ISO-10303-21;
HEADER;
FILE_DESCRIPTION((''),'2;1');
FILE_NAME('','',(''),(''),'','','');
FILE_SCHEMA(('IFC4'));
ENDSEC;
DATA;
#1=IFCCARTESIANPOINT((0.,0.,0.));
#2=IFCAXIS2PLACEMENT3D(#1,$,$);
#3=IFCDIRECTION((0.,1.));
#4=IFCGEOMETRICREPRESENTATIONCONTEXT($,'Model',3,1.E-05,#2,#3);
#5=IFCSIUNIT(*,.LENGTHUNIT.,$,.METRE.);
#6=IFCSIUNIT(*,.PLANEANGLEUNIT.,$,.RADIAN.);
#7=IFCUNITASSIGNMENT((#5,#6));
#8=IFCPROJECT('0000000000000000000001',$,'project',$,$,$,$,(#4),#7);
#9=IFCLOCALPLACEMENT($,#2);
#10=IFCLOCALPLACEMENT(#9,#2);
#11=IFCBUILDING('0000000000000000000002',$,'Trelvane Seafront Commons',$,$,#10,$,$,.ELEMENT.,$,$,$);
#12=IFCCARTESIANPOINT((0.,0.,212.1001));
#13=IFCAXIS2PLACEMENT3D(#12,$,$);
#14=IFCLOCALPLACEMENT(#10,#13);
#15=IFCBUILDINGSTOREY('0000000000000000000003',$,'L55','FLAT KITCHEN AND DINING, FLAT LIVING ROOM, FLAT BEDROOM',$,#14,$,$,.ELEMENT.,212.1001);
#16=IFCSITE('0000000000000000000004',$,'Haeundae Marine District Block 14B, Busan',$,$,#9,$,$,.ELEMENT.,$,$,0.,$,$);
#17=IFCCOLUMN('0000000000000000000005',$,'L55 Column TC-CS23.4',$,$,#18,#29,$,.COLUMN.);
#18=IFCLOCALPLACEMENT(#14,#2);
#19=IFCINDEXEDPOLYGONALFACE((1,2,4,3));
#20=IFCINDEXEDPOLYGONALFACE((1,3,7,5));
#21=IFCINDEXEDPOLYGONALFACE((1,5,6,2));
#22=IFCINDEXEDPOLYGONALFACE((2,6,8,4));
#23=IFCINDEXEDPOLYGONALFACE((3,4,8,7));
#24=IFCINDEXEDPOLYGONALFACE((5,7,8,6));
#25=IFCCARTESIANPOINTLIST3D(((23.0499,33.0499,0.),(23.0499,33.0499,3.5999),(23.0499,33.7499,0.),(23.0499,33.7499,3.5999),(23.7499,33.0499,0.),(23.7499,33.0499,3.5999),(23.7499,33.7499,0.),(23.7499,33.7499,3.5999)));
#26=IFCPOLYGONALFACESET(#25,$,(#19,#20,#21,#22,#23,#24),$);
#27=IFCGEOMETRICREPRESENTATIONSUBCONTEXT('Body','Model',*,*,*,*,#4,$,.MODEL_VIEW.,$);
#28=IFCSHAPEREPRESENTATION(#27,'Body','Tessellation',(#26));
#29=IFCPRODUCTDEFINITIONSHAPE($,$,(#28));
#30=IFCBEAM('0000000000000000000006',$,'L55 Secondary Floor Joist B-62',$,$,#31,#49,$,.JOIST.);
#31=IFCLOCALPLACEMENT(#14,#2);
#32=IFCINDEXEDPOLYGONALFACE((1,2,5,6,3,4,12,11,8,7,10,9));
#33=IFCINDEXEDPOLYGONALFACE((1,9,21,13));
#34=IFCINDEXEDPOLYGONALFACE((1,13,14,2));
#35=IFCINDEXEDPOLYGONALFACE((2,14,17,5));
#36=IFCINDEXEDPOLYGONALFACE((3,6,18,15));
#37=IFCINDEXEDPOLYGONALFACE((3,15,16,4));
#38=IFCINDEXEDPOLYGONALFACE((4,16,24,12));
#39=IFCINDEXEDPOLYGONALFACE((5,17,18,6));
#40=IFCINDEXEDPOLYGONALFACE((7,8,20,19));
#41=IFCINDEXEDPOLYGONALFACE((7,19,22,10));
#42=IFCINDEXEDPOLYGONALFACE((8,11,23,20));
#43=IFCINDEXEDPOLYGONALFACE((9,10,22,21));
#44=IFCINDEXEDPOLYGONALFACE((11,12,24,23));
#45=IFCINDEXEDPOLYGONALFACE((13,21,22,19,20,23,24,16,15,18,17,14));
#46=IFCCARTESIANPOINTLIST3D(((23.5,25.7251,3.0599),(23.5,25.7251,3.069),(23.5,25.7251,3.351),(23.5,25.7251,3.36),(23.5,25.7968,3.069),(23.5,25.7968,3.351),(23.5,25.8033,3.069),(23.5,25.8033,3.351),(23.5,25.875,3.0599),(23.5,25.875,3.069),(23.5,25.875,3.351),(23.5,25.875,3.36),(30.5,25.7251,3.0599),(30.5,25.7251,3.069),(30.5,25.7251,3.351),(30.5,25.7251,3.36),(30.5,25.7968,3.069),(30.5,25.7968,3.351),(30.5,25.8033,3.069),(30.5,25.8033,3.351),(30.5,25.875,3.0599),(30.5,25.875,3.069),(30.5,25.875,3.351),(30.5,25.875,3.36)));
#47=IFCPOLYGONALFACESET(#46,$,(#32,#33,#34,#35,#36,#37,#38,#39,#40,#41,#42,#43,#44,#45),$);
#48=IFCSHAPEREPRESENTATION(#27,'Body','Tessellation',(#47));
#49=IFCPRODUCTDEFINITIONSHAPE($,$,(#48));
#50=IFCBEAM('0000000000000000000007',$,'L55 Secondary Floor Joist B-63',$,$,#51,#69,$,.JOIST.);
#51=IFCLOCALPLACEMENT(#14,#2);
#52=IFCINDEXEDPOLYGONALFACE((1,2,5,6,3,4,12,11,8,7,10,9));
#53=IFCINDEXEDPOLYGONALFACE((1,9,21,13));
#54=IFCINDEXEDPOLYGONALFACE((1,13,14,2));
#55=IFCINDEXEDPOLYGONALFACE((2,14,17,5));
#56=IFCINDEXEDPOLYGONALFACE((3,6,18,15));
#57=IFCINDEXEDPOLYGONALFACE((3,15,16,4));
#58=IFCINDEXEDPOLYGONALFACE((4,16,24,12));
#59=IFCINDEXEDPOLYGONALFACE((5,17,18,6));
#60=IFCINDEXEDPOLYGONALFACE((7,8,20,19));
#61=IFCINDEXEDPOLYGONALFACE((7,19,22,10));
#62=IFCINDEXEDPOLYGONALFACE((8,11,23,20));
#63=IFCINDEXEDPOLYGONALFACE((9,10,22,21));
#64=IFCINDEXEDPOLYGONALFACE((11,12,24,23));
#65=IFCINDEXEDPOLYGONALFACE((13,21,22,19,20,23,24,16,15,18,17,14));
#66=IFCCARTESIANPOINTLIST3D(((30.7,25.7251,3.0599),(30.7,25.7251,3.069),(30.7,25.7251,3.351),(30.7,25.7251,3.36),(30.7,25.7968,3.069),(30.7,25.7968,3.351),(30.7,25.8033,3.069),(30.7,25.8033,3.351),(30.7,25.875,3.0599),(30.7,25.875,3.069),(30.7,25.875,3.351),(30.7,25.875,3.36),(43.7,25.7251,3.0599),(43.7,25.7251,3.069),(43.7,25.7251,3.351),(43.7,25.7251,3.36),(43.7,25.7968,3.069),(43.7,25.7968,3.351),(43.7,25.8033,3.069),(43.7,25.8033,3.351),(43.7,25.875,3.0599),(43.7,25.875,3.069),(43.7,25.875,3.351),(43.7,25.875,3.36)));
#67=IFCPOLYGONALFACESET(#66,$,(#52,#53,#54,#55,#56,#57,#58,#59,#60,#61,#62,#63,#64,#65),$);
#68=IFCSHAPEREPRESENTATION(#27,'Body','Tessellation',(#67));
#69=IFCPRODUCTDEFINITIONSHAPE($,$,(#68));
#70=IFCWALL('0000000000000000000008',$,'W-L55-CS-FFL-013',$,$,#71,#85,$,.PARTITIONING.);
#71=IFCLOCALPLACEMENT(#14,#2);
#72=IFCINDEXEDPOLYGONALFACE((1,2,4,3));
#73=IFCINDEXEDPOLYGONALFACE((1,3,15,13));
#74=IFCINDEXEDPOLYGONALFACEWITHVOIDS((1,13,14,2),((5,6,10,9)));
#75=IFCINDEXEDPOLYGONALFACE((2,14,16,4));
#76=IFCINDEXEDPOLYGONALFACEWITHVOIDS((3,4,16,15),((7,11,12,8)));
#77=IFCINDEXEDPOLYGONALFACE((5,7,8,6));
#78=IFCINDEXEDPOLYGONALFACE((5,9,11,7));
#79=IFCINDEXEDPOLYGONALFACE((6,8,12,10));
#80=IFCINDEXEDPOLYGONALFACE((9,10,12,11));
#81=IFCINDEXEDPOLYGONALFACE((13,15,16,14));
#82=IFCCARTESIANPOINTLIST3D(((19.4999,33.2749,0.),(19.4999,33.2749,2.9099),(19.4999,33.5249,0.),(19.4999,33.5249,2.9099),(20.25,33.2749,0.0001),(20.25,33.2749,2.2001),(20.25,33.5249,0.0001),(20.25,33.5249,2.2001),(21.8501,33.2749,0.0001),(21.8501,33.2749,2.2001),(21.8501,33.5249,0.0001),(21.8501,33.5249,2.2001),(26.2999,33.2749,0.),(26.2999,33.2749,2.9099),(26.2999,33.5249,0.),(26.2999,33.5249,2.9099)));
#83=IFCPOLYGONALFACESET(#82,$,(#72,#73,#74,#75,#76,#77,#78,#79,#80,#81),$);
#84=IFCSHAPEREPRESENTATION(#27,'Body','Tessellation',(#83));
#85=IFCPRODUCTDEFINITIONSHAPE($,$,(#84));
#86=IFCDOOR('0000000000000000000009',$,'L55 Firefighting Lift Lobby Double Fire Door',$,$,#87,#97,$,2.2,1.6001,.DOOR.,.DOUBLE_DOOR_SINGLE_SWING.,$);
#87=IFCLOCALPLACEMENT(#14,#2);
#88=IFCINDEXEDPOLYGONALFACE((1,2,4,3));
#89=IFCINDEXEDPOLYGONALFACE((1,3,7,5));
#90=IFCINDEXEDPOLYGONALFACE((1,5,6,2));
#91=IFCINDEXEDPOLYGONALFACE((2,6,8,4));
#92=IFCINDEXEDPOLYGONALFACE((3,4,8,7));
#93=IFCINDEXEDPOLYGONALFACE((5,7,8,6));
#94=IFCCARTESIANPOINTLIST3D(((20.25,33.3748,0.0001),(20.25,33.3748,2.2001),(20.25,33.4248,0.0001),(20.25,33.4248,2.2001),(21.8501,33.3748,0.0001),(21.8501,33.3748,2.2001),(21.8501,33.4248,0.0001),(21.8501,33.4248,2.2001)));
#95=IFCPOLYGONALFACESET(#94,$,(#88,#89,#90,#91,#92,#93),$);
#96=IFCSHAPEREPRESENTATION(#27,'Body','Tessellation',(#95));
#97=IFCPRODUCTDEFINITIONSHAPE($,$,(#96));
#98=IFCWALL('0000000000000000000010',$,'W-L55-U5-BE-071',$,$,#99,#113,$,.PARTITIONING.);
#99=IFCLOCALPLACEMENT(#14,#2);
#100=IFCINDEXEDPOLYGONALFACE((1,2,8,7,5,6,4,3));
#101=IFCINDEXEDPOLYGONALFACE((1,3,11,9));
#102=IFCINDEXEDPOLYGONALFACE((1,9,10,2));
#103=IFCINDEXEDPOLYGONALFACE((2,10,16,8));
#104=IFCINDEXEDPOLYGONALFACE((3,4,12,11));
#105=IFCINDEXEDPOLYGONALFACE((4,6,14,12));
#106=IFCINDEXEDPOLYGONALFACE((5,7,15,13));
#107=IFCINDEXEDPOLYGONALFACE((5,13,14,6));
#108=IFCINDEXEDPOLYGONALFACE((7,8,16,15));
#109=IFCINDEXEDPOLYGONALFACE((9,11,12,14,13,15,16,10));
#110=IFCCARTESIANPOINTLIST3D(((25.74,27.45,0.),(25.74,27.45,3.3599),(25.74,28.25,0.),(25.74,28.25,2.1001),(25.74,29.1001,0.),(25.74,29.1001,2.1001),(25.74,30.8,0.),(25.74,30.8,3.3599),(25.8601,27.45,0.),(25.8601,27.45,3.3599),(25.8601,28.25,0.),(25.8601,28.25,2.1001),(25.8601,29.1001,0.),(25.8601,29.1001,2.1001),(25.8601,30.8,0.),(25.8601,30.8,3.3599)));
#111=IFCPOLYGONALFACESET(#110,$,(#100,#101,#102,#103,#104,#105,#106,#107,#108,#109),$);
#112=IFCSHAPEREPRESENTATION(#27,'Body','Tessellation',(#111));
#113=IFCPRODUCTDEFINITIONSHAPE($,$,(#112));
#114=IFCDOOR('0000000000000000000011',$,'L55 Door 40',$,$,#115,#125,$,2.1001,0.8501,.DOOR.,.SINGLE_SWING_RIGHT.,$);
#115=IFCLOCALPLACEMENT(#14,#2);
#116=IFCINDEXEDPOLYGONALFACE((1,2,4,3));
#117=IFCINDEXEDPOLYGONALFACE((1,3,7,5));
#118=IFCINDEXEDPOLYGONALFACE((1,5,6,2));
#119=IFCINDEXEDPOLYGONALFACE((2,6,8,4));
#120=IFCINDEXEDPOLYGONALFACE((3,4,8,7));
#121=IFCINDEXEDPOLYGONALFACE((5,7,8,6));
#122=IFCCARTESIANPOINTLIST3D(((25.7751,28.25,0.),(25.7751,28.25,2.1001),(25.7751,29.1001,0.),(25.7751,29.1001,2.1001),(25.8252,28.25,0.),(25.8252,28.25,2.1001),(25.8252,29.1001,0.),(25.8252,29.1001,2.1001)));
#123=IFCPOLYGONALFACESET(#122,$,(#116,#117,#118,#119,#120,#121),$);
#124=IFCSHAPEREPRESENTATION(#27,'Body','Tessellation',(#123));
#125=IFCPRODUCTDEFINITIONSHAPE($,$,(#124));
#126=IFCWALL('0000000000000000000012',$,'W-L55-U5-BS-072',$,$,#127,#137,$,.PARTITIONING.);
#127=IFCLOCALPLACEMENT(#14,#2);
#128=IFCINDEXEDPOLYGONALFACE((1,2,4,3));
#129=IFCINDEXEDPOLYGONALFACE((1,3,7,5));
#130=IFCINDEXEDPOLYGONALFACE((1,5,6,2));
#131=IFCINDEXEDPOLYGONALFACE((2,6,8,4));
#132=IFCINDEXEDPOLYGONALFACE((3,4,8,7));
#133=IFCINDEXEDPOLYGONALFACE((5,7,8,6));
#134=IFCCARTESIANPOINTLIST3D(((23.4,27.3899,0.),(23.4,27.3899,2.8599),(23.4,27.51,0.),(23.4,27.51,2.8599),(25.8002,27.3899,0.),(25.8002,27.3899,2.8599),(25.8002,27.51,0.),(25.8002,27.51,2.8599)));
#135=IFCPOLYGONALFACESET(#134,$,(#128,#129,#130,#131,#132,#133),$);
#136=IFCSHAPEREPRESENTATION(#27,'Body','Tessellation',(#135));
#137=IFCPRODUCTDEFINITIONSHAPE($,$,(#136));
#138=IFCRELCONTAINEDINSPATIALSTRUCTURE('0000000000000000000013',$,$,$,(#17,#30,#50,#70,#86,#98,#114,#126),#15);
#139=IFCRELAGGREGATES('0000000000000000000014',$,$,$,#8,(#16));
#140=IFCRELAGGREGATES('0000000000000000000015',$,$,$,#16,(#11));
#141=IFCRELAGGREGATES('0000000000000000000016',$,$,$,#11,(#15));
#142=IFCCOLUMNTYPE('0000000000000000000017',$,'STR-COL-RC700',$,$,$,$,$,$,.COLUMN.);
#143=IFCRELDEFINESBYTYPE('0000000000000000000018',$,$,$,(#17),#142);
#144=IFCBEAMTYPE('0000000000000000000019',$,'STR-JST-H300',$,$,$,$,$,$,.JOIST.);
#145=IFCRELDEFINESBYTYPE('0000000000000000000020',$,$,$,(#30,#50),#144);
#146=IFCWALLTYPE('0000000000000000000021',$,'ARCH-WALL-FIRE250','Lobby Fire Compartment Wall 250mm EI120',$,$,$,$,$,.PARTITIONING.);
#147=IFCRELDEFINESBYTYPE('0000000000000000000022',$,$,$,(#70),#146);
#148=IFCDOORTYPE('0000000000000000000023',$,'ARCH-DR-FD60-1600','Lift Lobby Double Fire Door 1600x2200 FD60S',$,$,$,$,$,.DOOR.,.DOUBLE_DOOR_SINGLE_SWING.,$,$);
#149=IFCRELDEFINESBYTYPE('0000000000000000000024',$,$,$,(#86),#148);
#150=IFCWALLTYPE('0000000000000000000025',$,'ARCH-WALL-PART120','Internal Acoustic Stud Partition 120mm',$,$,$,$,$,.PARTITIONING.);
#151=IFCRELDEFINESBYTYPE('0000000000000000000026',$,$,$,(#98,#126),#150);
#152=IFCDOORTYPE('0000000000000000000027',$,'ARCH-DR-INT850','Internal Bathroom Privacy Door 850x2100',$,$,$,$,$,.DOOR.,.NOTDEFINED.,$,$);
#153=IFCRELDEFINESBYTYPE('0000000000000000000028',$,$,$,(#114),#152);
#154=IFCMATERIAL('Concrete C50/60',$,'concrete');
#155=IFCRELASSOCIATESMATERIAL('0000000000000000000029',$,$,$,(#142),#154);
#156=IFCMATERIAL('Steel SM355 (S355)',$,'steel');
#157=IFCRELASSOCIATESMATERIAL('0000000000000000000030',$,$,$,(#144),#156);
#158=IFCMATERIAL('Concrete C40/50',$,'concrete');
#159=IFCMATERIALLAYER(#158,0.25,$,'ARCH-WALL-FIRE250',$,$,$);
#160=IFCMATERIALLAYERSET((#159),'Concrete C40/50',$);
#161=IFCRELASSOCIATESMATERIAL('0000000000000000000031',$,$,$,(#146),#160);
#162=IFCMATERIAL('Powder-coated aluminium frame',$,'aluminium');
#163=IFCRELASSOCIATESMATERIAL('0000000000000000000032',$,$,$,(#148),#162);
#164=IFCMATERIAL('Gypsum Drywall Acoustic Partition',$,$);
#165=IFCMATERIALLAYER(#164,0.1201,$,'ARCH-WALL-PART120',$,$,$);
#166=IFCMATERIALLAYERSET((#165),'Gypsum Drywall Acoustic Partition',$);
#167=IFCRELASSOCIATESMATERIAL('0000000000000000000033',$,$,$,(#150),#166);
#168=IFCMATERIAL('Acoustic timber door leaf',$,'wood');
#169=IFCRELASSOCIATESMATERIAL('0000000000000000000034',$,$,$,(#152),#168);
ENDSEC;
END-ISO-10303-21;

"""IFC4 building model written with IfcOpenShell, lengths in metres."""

from ifc_helpers import new_model, si_unit, direction, frame, frame_2d, origin, origin_2d, place, context, subcontext, project, spatial, rectangle, i_section, extrude, source, transform, mapped, material, layer, layer_set, material_profile, profile_set, type_object, element, fill, save


model = new_model("IFC4")

# Units and contexts
model_context = context("Model", 3, precision=1e-05, world=origin(), true_north=direction((0.0, 1.0)))
body_context = subcontext(model_context, "Body", "Model", "MODEL_VIEW")
ifc_project = project(units=[si_unit("LENGTHUNIT", "METRE"), si_unit("PLANEANGLEUNIT", "RADIAN")], contexts=[model_context])

# Site, building, storey
site_placement = place(None, origin())
site = spatial("IfcSite", under=ifc_project, at=site_placement, Name="Haeundae Marine District Block 14B, Busan", CompositionType="ELEMENT", RefElevation=0.0)
building_placement = place(site_placement, origin())
building = spatial("IfcBuilding", under=site, at=building_placement, Name="Trelvane Seafront Commons", CompositionType="ELEMENT")
storey_placement = place(building_placement, frame((0.0, 0.0, 212.1001)))
storey = spatial("IfcBuildingStorey", under=building, at=storey_placement, Name="L55", Description="FLAT KITCHEN AND DINING, FLAT LIVING ROOM, FLAT BEDROOM", CompositionType="ELEMENT", Elevation=212.1001)

# Column
ifc_material_1 = material(Name="Concrete C50/60", Category="concrete")
ifc_material_profile_1 = material_profile(ifc_material_1, rectangle(XDim=0.7, YDim=0.7, at=origin_2d()), Name="RC-700x700")
ifc_profile_set_1 = profile_set([ifc_material_profile_1], Name="Concrete C50/60")
column_type = type_object("IfcColumnType", Name="STR-COL-RC700", PredefinedType="COLUMN", material=ifc_profile_set_1)
shared_shape_1 = source(origin(), body_context, "Body", "SweptSolid", [
    extrude(rectangle(XDim=0.7, YDim=0.7, at=origin_2d()), origin(), (0.0, 0.0, 1.0), 3.5999),
])
column_placement = place(storey_placement, frame((23.3999, 33.3999, 0.0), z_axis=(0.0, 0.0, 1.0), x_axis=(1.0, 0.0, 0.0)))
element("IfcColumn", 1, at=column_placement, inside=storey, type_object=column_type, Name="L55 Column TC-CS23.4", PredefinedType="COLUMN", context=body_context, shape_type="MappedRepresentation", body=[
    mapped(shared_shape_1, transform((0.0, 0.0, 0.0), x_axis=(1.0, 0.0, 0.0), y_axis=(0.0, 1.0, 0.0), z_axis=(0.0, 0.0, 1.0), scale=1.0)),
])

# Beams
ifc_material_2 = material(Name="Steel SM355 (S355)", Category="steel")
ifc_material_profile_2 = material_profile(ifc_material_2, i_section(OverallWidth=0.1499, OverallDepth=0.3, WebThickness=0.0066, FlangeThickness=0.009, at=origin_2d()), Name="H-300x150x6.5x9")
ifc_profile_set_2 = profile_set([ifc_material_profile_2], Name="Steel SM355 (S355)")
beam_type = type_object("IfcBeamType", Name="STR-JST-H300", PredefinedType="JOIST", material=ifc_profile_set_2)
shared_shape_2 = source(origin(), body_context, "Body", "SweptSolid", [
    extrude(i_section(OverallWidth=0.1499, OverallDepth=0.3, WebThickness=0.0066, FlangeThickness=0.009, at=origin_2d()), origin(), (0.0, 0.0, 1.0), 7.0),
])
beam_1_placement = place(storey_placement, frame((23.5, 25.8, 3.21), z_axis=(1.0, 0.0, 0.0), x_axis=(0.0, 1.0, 0.0)))
element("IfcBeam", 2, at=beam_1_placement, inside=storey, type_object=beam_type, Name="L55 Secondary Floor Joist B-62", PredefinedType="JOIST", context=body_context, shape_type="MappedRepresentation", body=[
    mapped(shared_shape_2, transform((0.0, 0.0, 0.0), x_axis=(1.0, 0.0, 0.0), y_axis=(0.0, 1.0, 0.0), z_axis=(0.0, 0.0, 1.0), scale=1.0)),
])
shared_shape_3 = source(origin(), body_context, "Body", "SweptSolid", [
    extrude(i_section(OverallWidth=0.1499, OverallDepth=0.3, WebThickness=0.0066, FlangeThickness=0.009, at=origin_2d()), origin(), (0.0, 0.0, 1.0), 13.0),
])
beam_2_placement = place(storey_placement, frame((30.7, 25.8, 3.21), z_axis=(1.0, 0.0, 0.0), x_axis=(0.0, 1.0, 0.0)))
element("IfcBeam", 3, at=beam_2_placement, inside=storey, type_object=beam_type, Name="L55 Secondary Floor Joist B-63", PredefinedType="JOIST", context=body_context, shape_type="MappedRepresentation", body=[
    mapped(shared_shape_3, transform((0.0, 0.0, 0.0), x_axis=(1.0, 0.0, 0.0), y_axis=(0.0, 1.0, 0.0), z_axis=(0.0, 0.0, 1.0), scale=1.0)),
])

# Walls, openings, doors
ifc_material_3 = material(Name="Concrete C40/50", Category="concrete")
ifc_layer_1 = layer(ifc_material_3, 0.25, Name="ARCH-WALL-FIRE250")
ifc_layer_set_1 = layer_set([ifc_layer_1], Name="Concrete C40/50")
wall_type_1 = type_object("IfcWallType", Name="ARCH-WALL-FIRE250", Description="Lobby Fire Compartment Wall 250mm EI120", PredefinedType="PARTITIONING", material=ifc_layer_set_1)
wall_1_placement = place(storey_placement, frame((19.5, 33.3999, 0.0), z_axis=(0.0, 0.0, 1.0), x_axis=(1.0, 0.0, 0.0)))
wall_1 = element("IfcWall", 4, at=wall_1_placement, inside=storey, type_object=wall_type_1, Name="W-L55-CS-FFL-013", PredefinedType="PARTITIONING", context=body_context, shape_type="SweptSolid", body=[
    extrude(rectangle(XDim=6.8, YDim=0.25, at=frame_2d((3.3999, 0.0))), origin(), (0.0, 0.0, 1.0), 2.9099),
])
opening_1_placement = place(wall_1_placement, frame((0.75, 0.0, 0.0)))
opening_1 = element("IfcOpeningElement", 5, at=opening_1_placement, cuts=wall_1, PredefinedType="OPENING", context=body_context, shape_type="SweptSolid", body=[
    extrude(rectangle(XDim=1.6001, YDim=2.2, at=frame_2d((0.8, 1.1001))), frame((0.0, 0.135, 0.0), z_axis=(0.0, -1.0, 0.0), x_axis=(1.0, 0.0, 0.0)), (0.0, 0.0, 1.0), 0.27),
])
ifc_material_4 = material(Name="Powder-coated aluminium frame", Category="aluminium")
door_type_1 = type_object("IfcDoorType", Name="ARCH-DR-FD60-1600", Description="Lift Lobby Double Fire Door 1600x2200 FD60S", OperationType="DOUBLE_DOOR_SINGLE_SWING", PredefinedType="DOOR", material=ifc_material_4)
shared_shape_4 = source(origin(), body_context, "Body", "SweptSolid", [
    extrude(rectangle(XDim=1.6001, YDim=2.2, at=frame_2d((0.8, 1.1001))), frame((0.0, 0.0249, 0.0), z_axis=(0.0, -1.0, 0.0), x_axis=(1.0, 0.0, 0.0)), (0.0, 0.0, 1.0), 0.05),
])
door_1_placement = place(opening_1_placement, origin())
door_1 = element("IfcDoor", 6, at=door_1_placement, inside=storey, type_object=door_type_1, Name="L55 Firefighting Lift Lobby Double Fire Door", OperationType="DOUBLE_DOOR_SINGLE_SWING", OverallHeight=2.2, OverallWidth=1.6001, PredefinedType="DOOR", context=body_context, shape_type="MappedRepresentation", body=[
    mapped(shared_shape_4, transform((0.0, 0.0, 0.0), x_axis=(1.0, 0.0, 0.0), y_axis=(0.0, 1.0, 0.0), z_axis=(0.0, 0.0, 1.0), scale=1.0)),
])
fill(opening_1, door_1)
ifc_material_5 = material(Name="Gypsum Drywall Acoustic Partition")
ifc_layer_2 = layer(ifc_material_5, 0.1201, Name="ARCH-WALL-PART120")
ifc_layer_set_2 = layer_set([ifc_layer_2], Name="Gypsum Drywall Acoustic Partition")
wall_type_2 = type_object("IfcWallType", Name="ARCH-WALL-PART120", Description="Internal Acoustic Stud Partition 120mm", PredefinedType="PARTITIONING", material=ifc_layer_set_2)
wall_2_placement = place(storey_placement, frame((25.8, 27.45, 0.0), z_axis=(0.0, 0.0, 1.0), x_axis=(0.0, 1.0, 0.0)))
wall_2 = element("IfcWall", 7, at=wall_2_placement, inside=storey, type_object=wall_type_2, Name="W-L55-U5-BE-071", PredefinedType="PARTITIONING", context=body_context, shape_type="SweptSolid", body=[
    extrude(rectangle(XDim=3.3501, YDim=0.1201, at=frame_2d((1.675, 0.0))), origin(), (0.0, 0.0, 1.0), 3.3599),
])
opening_2_placement = place(wall_2_placement, frame((0.8, 0.0, 0.0)))
opening_2 = element("IfcOpeningElement", 8, at=opening_2_placement, cuts=wall_2, PredefinedType="OPENING", context=body_context, shape_type="SweptSolid", body=[
    extrude(rectangle(XDim=0.8501, YDim=2.1001, at=frame_2d((0.425, 1.05))), frame((0.0, 0.0701, 0.0), z_axis=(0.0, -1.0, 0.0), x_axis=(1.0, 0.0, 0.0)), (0.0, 0.0, 1.0), 0.1401),
])
ifc_material_6 = material(Name="Acoustic timber door leaf", Category="wood")
door_type_2 = type_object("IfcDoorType", Name="ARCH-DR-INT850", Description="Internal Bathroom Privacy Door 850x2100", OperationType="NOTDEFINED", PredefinedType="DOOR", material=ifc_material_6)
shared_shape_5 = source(origin(), body_context, "Body", "SweptSolid", [
    extrude(rectangle(XDim=0.8501, YDim=2.1001, at=frame_2d((0.425, 1.05))), frame((0.0, 0.0249, 0.0), z_axis=(0.0, -1.0, 0.0), x_axis=(1.0, 0.0, 0.0)), (0.0, 0.0, 1.0), 0.05),
])
door_2_placement = place(opening_2_placement, origin())
door_2 = element("IfcDoor", 9, at=door_2_placement, inside=storey, type_object=door_type_2, Name="L55 Door 40", OperationType="SINGLE_SWING_RIGHT", OverallHeight=2.1001, OverallWidth=0.8501, PredefinedType="DOOR", context=body_context, shape_type="MappedRepresentation", body=[
    mapped(shared_shape_5, transform((0.0, 0.0, 0.0), x_axis=(1.0, 0.0, 0.0), y_axis=(0.0, 1.0, 0.0), z_axis=(0.0, 0.0, 1.0), scale=1.0)),
])
fill(opening_2, door_2)

# Wall
wall_3_placement = place(storey_placement, frame((23.3999, 27.45, 0.0), z_axis=(0.0, 0.0, 1.0), x_axis=(1.0, 0.0, 0.0)))
element("IfcWall", 10, at=wall_3_placement, inside=storey, type_object=wall_type_2, Name="W-L55-U5-BS-072", PredefinedType="PARTITIONING", context=body_context, shape_type="SweptSolid", body=[
    extrude(rectangle(XDim=2.4001, YDim=0.1201, at=frame_2d((1.2002, 0.0))), origin(), (0.0, 0.0, 1.0), 2.8599),
])

save(model, "model.ifc")
